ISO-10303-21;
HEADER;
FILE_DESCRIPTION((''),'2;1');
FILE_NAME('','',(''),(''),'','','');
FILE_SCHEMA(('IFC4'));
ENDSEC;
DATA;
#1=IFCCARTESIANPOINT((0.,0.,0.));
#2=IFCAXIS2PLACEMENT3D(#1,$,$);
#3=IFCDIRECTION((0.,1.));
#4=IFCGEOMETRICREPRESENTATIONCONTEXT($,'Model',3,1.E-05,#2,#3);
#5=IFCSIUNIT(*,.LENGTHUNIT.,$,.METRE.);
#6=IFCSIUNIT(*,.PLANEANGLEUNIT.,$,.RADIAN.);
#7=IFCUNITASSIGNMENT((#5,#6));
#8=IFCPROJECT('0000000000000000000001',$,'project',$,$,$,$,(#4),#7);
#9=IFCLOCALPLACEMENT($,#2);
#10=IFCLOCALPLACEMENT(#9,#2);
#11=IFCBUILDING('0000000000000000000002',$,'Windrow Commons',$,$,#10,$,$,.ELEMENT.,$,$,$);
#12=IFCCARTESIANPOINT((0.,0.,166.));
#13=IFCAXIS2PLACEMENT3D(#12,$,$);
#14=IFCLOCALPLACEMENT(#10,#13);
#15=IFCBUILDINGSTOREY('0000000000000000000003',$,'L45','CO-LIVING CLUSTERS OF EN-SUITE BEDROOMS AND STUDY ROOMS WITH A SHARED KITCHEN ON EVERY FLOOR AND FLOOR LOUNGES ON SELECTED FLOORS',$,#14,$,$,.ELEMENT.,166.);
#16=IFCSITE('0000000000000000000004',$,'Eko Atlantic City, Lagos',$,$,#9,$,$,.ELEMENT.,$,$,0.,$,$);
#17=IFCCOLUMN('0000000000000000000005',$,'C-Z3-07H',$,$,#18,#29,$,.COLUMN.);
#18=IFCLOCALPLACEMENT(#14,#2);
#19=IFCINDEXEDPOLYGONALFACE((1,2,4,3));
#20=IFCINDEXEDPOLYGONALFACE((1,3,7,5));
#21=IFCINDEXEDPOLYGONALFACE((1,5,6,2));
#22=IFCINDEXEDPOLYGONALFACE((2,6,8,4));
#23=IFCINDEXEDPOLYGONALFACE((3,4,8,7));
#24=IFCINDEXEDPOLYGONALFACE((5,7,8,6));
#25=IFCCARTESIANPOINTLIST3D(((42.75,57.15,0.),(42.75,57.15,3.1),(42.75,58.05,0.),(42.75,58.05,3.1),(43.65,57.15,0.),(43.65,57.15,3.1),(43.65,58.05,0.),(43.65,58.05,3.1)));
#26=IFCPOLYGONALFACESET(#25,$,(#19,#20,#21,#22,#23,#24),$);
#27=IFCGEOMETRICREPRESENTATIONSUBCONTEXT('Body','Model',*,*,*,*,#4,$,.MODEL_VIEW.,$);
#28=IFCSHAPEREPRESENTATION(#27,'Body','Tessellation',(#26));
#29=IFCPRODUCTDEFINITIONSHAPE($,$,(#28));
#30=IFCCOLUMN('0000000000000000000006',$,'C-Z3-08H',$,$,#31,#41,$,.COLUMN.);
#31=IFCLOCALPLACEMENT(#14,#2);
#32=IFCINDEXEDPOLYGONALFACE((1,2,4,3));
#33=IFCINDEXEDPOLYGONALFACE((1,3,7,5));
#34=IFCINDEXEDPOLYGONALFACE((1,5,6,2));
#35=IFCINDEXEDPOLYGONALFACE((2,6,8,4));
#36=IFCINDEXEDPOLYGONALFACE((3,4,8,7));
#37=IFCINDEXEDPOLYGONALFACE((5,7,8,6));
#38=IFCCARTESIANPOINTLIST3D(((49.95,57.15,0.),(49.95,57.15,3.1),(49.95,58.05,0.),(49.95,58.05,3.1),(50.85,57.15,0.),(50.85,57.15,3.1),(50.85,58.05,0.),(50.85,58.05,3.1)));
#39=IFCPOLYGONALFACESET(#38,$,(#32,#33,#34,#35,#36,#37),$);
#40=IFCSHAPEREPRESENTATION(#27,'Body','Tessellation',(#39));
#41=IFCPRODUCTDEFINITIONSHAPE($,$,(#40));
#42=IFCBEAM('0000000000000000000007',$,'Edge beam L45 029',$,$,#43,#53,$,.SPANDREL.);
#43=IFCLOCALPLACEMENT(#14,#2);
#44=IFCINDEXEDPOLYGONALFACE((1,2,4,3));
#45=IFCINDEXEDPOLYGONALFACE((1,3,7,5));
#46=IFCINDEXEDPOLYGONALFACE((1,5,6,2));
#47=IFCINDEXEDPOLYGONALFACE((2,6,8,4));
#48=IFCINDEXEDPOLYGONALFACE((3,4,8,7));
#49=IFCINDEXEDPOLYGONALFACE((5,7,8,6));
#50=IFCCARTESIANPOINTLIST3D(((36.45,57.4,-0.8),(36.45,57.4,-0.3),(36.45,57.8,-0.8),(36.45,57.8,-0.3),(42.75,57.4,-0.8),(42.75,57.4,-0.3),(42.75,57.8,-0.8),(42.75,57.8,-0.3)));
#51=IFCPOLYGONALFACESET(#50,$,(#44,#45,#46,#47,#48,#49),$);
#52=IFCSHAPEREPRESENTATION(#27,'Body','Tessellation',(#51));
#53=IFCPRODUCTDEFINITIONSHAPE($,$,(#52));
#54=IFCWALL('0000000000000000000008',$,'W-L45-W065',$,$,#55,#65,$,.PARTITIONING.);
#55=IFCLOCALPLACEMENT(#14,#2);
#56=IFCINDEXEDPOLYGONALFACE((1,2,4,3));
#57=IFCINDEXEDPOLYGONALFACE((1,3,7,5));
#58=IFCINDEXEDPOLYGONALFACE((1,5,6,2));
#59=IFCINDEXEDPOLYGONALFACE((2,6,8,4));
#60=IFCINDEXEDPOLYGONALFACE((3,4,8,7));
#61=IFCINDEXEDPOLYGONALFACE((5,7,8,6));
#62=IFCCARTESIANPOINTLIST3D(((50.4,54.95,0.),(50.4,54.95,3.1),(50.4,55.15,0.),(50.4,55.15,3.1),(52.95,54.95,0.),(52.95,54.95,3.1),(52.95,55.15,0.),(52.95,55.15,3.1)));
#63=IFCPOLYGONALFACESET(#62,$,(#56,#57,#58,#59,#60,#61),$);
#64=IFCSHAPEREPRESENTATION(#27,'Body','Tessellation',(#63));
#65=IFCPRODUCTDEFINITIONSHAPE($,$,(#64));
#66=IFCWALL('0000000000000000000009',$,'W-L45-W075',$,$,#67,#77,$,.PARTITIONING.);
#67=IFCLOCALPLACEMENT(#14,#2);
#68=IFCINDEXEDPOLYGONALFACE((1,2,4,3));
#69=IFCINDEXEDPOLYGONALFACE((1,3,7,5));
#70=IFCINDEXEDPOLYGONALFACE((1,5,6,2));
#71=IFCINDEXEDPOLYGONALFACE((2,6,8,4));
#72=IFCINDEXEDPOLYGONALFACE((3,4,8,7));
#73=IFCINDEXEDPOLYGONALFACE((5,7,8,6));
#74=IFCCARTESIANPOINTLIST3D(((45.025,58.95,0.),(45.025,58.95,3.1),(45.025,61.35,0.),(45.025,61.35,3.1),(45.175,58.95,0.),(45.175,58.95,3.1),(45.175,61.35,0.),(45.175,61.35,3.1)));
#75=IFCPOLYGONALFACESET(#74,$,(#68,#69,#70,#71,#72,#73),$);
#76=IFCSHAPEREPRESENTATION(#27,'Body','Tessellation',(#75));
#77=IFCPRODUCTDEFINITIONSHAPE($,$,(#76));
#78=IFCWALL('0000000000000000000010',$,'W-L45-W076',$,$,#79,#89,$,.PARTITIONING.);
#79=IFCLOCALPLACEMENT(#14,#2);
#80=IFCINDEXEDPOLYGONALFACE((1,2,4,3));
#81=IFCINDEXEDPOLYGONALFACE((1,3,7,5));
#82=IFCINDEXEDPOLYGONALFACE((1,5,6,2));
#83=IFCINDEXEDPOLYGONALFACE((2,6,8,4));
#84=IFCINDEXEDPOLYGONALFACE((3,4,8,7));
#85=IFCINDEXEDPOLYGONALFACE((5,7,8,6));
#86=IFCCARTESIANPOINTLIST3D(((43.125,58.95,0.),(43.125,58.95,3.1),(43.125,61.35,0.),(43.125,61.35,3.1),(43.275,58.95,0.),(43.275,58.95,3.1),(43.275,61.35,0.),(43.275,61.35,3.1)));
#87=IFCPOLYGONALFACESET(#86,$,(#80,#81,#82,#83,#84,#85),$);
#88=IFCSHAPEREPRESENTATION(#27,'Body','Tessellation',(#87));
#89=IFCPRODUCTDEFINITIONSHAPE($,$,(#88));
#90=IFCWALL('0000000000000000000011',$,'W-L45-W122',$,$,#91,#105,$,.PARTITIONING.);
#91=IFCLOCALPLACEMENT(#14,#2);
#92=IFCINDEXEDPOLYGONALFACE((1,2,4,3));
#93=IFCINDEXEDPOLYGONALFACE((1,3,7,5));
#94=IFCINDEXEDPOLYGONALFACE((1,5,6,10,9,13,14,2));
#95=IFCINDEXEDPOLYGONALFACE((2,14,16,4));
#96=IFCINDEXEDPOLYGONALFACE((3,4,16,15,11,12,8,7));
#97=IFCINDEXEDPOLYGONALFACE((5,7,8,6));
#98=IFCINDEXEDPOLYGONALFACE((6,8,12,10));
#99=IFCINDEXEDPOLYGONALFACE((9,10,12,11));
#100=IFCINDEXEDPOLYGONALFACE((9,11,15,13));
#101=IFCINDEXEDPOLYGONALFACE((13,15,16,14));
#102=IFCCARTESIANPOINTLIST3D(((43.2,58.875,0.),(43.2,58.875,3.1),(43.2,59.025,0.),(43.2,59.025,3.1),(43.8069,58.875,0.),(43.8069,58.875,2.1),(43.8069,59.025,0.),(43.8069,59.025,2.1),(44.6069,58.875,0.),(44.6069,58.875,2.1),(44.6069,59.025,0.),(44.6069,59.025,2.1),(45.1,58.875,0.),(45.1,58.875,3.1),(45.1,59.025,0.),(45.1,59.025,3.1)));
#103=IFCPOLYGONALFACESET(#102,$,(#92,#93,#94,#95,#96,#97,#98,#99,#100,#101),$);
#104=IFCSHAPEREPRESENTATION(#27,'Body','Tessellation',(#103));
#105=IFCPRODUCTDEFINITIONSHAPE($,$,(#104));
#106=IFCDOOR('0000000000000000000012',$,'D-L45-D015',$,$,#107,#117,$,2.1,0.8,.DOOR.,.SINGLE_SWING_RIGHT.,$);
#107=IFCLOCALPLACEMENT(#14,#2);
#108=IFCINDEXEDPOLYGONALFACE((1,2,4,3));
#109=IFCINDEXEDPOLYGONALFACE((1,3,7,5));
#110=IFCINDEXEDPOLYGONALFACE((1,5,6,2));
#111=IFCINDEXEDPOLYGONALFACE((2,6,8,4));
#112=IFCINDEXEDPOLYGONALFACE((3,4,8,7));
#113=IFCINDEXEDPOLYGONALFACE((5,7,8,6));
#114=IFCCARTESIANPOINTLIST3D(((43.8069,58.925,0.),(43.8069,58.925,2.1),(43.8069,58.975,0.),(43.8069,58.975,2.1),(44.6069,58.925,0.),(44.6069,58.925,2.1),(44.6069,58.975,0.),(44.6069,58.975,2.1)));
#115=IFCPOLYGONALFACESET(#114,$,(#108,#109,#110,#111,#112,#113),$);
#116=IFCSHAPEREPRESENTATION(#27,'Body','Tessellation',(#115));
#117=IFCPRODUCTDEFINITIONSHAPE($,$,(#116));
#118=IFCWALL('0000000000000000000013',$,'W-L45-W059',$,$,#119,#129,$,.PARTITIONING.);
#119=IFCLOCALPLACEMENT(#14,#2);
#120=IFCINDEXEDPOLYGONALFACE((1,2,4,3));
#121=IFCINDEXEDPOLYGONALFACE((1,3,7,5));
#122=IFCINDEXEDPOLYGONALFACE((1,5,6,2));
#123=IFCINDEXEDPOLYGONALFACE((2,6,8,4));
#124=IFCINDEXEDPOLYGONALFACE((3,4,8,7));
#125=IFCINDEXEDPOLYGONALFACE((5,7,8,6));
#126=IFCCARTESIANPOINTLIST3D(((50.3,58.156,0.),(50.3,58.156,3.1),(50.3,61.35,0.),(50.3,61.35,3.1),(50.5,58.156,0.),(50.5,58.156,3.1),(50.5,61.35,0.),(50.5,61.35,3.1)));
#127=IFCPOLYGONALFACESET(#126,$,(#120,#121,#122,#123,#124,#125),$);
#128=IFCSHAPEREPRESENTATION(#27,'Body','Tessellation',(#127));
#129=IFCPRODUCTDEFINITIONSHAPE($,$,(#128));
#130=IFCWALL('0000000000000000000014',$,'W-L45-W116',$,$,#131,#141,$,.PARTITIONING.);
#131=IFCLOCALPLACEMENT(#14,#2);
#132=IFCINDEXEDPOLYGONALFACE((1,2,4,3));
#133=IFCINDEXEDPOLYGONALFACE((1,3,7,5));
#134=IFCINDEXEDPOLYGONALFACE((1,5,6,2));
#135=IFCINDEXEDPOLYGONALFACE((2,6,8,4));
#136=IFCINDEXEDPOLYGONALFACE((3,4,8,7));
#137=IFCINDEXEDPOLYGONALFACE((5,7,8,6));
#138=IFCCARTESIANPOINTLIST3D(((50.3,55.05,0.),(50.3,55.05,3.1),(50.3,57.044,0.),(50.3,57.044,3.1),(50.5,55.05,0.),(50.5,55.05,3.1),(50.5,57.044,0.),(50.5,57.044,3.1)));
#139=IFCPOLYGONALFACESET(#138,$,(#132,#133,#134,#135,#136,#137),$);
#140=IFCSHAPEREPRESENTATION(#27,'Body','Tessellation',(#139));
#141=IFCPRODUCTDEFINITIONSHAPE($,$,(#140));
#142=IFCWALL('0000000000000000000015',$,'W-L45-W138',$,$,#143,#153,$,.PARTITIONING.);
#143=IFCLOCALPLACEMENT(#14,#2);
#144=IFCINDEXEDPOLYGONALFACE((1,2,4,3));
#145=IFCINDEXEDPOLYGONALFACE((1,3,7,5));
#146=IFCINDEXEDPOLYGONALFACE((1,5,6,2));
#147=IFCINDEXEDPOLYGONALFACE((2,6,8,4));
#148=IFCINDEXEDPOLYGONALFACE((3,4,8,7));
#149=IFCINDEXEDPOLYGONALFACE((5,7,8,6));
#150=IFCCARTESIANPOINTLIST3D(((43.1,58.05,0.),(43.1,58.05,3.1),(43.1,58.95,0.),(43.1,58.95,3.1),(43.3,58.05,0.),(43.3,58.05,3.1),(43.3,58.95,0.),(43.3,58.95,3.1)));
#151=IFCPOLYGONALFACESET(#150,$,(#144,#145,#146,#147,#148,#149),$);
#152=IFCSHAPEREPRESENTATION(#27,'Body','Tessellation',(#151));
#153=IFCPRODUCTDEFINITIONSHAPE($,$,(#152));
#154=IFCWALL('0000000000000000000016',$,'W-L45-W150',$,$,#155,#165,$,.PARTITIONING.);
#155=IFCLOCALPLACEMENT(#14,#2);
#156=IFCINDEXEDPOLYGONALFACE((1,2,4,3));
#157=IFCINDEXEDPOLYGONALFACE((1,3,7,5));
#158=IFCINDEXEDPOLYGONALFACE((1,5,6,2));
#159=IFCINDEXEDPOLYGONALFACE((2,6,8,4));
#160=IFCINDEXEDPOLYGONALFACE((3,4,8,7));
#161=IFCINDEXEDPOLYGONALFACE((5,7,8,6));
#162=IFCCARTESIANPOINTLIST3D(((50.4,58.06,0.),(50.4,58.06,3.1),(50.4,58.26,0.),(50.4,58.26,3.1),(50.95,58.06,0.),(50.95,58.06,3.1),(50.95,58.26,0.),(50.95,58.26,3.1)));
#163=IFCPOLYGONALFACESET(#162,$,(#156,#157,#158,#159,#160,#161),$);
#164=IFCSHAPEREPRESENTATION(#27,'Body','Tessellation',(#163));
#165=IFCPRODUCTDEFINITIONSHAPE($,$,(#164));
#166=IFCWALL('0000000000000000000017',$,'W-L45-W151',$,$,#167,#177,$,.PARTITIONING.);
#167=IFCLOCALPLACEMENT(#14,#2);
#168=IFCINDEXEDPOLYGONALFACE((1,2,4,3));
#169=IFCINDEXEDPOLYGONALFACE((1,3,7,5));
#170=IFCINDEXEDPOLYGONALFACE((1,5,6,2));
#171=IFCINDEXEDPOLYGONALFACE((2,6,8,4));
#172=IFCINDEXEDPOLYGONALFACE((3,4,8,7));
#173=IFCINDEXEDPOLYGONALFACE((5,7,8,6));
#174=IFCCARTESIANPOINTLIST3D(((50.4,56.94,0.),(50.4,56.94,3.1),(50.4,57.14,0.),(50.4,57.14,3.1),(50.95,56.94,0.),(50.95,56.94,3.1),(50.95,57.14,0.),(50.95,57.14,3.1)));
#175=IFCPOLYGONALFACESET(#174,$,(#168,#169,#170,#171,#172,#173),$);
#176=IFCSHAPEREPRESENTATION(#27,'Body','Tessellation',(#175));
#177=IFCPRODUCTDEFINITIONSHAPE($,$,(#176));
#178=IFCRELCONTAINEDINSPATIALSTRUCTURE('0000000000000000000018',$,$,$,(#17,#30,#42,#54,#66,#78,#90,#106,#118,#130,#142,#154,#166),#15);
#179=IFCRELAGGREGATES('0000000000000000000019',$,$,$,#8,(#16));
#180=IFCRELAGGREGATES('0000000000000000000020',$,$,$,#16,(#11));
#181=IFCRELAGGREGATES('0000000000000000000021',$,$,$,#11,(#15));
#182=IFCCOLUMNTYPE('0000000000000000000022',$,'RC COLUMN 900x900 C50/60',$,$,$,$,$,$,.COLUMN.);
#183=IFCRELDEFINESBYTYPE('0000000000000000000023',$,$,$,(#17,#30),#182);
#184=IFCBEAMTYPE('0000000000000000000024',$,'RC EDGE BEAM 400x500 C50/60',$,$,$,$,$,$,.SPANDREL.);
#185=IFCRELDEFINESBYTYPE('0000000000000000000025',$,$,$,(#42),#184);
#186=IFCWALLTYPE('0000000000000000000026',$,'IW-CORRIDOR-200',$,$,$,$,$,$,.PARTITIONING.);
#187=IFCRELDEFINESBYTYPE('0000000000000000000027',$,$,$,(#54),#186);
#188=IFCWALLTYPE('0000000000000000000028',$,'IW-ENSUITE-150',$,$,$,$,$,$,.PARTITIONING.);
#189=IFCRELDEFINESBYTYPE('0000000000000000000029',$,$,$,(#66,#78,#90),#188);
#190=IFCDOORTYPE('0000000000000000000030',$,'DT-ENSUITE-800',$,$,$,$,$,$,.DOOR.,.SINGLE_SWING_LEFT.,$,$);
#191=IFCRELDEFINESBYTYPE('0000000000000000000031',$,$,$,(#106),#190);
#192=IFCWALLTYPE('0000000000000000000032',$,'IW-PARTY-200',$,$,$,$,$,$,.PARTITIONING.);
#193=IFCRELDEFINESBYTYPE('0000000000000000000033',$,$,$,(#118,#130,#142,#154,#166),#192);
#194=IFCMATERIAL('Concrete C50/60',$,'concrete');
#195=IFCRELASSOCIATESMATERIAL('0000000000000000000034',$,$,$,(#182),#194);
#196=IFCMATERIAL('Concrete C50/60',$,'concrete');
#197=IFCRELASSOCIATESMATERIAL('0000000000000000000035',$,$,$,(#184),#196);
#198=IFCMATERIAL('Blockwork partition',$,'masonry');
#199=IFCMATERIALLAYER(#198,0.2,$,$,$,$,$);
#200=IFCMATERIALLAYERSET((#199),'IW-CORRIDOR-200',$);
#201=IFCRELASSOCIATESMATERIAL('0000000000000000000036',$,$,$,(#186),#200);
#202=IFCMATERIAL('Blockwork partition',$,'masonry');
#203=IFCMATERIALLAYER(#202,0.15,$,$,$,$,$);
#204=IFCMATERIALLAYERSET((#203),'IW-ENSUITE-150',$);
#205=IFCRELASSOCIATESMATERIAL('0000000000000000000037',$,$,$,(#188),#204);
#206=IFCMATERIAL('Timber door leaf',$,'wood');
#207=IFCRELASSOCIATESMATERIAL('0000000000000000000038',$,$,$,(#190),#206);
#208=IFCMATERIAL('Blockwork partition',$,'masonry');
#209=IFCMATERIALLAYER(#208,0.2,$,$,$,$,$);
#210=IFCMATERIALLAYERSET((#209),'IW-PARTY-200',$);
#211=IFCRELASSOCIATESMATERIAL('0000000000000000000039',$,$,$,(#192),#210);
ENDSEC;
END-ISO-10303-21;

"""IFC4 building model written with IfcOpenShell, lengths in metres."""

from ifc_helpers import new_model, si_unit, direction, frame, frame_2d, origin, origin_2d, place, context, subcontext, project, spatial, rectangle, extrude, material, layer, layer_set, material_profile, profile_set, type_object, element, fill, save


model = new_model("IFC4")

# Units and contexts
model_context = context("Model", 3, precision=1e-05, world=origin(), true_north=direction((0.0, 1.0)))
body_context = subcontext(model_context, "Body", "Model", "MODEL_VIEW")
ifc_project = project(units=[si_unit("LENGTHUNIT", "METRE"), si_unit("PLANEANGLEUNIT", "RADIAN")], contexts=[model_context])

# Site, building, storey
site_placement = place(None, origin())
site = spatial("IfcSite", under=ifc_project, at=site_placement, Name="Eko Atlantic City, Lagos", CompositionType="ELEMENT", RefElevation=0.0)
building_placement = place(site_placement, origin())
building = spatial("IfcBuilding", under=site, at=building_placement, Name="Windrow Commons", CompositionType="ELEMENT")
storey_placement = place(building_placement, frame((0.0, 0.0, 166.0)))
storey = spatial("IfcBuildingStorey", under=building, at=storey_placement, Name="L45", Description="CO-LIVING CLUSTERS OF EN-SUITE BEDROOMS AND STUDY ROOMS WITH A SHARED KITCHEN ON EVERY FLOOR AND FLOOR LOUNGES ON SELECTED FLOORS", CompositionType="ELEMENT", Elevation=166.0)

# Columns
ifc_material_1 = material(Name="Concrete C50/60", Category="concrete")
ifc_material_profile_1 = material_profile(ifc_material_1, rectangle(XDim=0.9, YDim=0.9, at=origin_2d()))
ifc_profile_set_1 = profile_set([ifc_material_profile_1], Name="Concrete C50/60")
column_type = type_object("IfcColumnType", Name="RC COLUMN 900x900 C50/60", PredefinedType="COLUMN", material=ifc_profile_set_1)
for number, where, z_axis, x_axis, name in (
    (1, (43.2, 57.6, 0.0), (0.0, 0.0, 1.0), (1.0, 0.0, 0.0), "C-Z3-07H"),
    (2, (50.4, 57.6, 0.0), (0.0, 0.0, 1.0), (1.0, 0.0, 0.0), "C-Z3-08H"),
):
    element("IfcColumn", number, at=place(storey_placement, frame(where, z_axis=z_axis, x_axis=x_axis)), inside=storey, type_object=column_type, Name=name, PredefinedType="COLUMN", context=body_context, shape_type="SweptSolid", body=[
        extrude(rectangle(XDim=0.9, YDim=0.9, at=origin_2d()), origin(), (0.0, 0.0, 1.0), 3.1),
    ])

# Beam
ifc_material_2 = material(Name="Concrete C50/60", Category="concrete")
ifc_material_profile_2 = material_profile(ifc_material_2, rectangle(XDim=0.4, YDim=0.5, at=origin_2d()))
ifc_profile_set_2 = profile_set([ifc_material_profile_2], Name="Concrete C50/60")
beam_type = type_object("IfcBeamType", Name="RC EDGE BEAM 400x500 C50/60", PredefinedType="SPANDREL", material=ifc_profile_set_2)
beam_placement = place(storey_placement, frame((42.75, 57.6, -0.55), z_axis=(-1.0, 0.0, 0.0), x_axis=(0.0, -1.0, 0.0)))
element("IfcBeam", 3, at=beam_placement, inside=storey, type_object=beam_type, Name="Edge beam L45 029", PredefinedType="SPANDREL", context=body_context, shape_type="SweptSolid", body=[
    extrude(rectangle(XDim=0.4, YDim=0.5, at=origin_2d()), origin(), (0.0, 0.0, 1.0), 6.3),
])

# Walls
ifc_material_3 = material(Name="Blockwork partition", Category="masonry")
ifc_layer_1 = layer(ifc_material_3, 0.2)
ifc_layer_set_1 = layer_set([ifc_layer_1], Name="IW-CORRIDOR-200")
wall_type_1 = type_object("IfcWallType", Name="IW-CORRIDOR-200", PredefinedType="PARTITIONING", material=ifc_layer_set_1)
wall_1_placement = place(storey_placement, frame((50.4, 55.05, 0.0), z_axis=(0.0, 0.0, 1.0), x_axis=(1.0, 0.0, 0.0)))
element("IfcWall", 4, at=wall_1_placement, inside=storey, type_object=wall_type_1, Name="W-L45-W065", PredefinedType="PARTITIONING", context=body_context, shape_type="SweptSolid", body=[
    extrude(rectangle(XDim=2.55, YDim=0.2, at=frame_2d((1.275, 0.0))), origin(), (0.0, 0.0, 1.0), 3.1),
])
ifc_material_4 = material(Name="Blockwork partition", Category="masonry")
ifc_layer_2 = layer(ifc_material_4, 0.15)
ifc_layer_set_2 = layer_set([ifc_layer_2], Name="IW-ENSUITE-150")
wall_type_2 = type_object("IfcWallType", Name="IW-ENSUITE-150", PredefinedType="PARTITIONING", material=ifc_layer_set_2)
for number, where, z_axis, x_axis, name in (
    (5, (45.1, 58.95, 0.0), (0.0, 0.0, 1.0), (0.0, 1.0, 0.0), "W-L45-W075"),
    (6, (43.2, 58.95, 0.0), (0.0, 0.0, 1.0), (0.0, 1.0, 0.0), "W-L45-W076"),
):
    element("IfcWall", number, at=place(storey_placement, frame(where, z_axis=z_axis, x_axis=x_axis)), inside=storey, type_object=wall_type_2, Name=name, PredefinedType="PARTITIONING", context=body_context, shape_type="SweptSolid", body=[
        extrude(rectangle(XDim=2.4, YDim=0.15, at=frame_2d((1.2, 0.0))), origin(), (0.0, 0.0, 1.0), 3.1),
    ])

# Wall, opening, door
wall_2_placement = place(storey_placement, frame((43.2, 58.95, 0.0), z_axis=(0.0, 0.0, 1.0), x_axis=(1.0, 0.0, 0.0)))
wall_2 = element("IfcWall", 7, at=wall_2_placement, inside=storey, type_object=wall_type_2, Name="W-L45-W122", PredefinedType="PARTITIONING", context=body_context, shape_type="SweptSolid", body=[
    extrude(rectangle(XDim=1.9, YDim=0.15, at=frame_2d((0.95, 0.0))), origin(), (0.0, 0.0, 1.0), 3.1),
])
opening_placement = place(wall_2_placement, frame((0.6069, 0.0, 0.0)))
opening = element("IfcOpeningElement", 8, at=opening_placement, cuts=wall_2, PredefinedType="OPENING", context=body_context, shape_type="SweptSolid", body=[
    extrude(rectangle(XDim=0.8, YDim=2.1, at=frame_2d((0.4, 1.05))), frame((0.0, 0.085, 0.0), z_axis=(0.0, -1.0, 0.0), x_axis=(1.0, 0.0, 0.0)), (0.0, 0.0, 1.0), 0.17),
])
ifc_material_5 = material(Name="Timber door leaf", Category="wood")
door_type = type_object("IfcDoorType", Name="DT-ENSUITE-800", OperationType="SINGLE_SWING_LEFT", PredefinedType="DOOR", material=ifc_material_5)
door_placement = place(opening_placement, origin())
door = element("IfcDoor", 9, at=door_placement, inside=storey, type_object=door_type, Name="D-L45-D015", OperationType="SINGLE_SWING_RIGHT", OverallHeight=2.1, OverallWidth=0.8, PredefinedType="DOOR", context=body_context, shape_type="SweptSolid", body=[
    extrude(rectangle(XDim=0.8, YDim=2.1, at=frame_2d((0.4, 1.05))), frame((0.0, 0.025, 0.0), z_axis=(0.0, -1.0, 0.0), x_axis=(1.0, 0.0, 0.0)), (0.0, 0.0, 1.0), 0.05),
])
fill(opening, door)

# Walls
ifc_material_6 = material(Name="Blockwork partition", Category="masonry")
ifc_layer_3 = layer(ifc_material_6, 0.2)
ifc_layer_set_3 = layer_set([ifc_layer_3], Name="IW-PARTY-200")
wall_type_3 = type_object("IfcWallType", Name="IW-PARTY-200", PredefinedType="PARTITIONING", material=ifc_layer_set_3)
wall_3_placement = place(storey_placement, frame((50.4, 58.156, 0.0), z_axis=(0.0, 0.0, 1.0), x_axis=(0.0, 1.0, 0.0)))
element("IfcWall", 10, at=wall_3_placement, inside=storey, type_object=wall_type_3, Name="W-L45-W059", PredefinedType="PARTITIONING", context=body_context, shape_type="SweptSolid", body=[
    extrude(rectangle(XDim=3.194, YDim=0.2, at=frame_2d((1.597, 0.0))), origin(), (0.0, 0.0, 1.0), 3.1),
])
wall_4_placement = place(storey_placement, frame((50.4, 55.05, 0.0), z_axis=(0.0, 0.0, 1.0), x_axis=(0.0, 1.0, 0.0)))
element("IfcWall", 11, at=wall_4_placement, inside=storey, type_object=wall_type_3, Name="W-L45-W116", PredefinedType="PARTITIONING", context=body_context, shape_type="SweptSolid", body=[
    extrude(rectangle(XDim=1.994, YDim=0.2, at=frame_2d((0.997, 0.0))), origin(), (0.0, 0.0, 1.0), 3.1),
])
wall_5_placement = place(storey_placement, frame((43.2, 58.05, 0.0), z_axis=(0.0, 0.0, 1.0), x_axis=(0.0, 1.0, 0.0)))
element("IfcWall", 12, at=wall_5_placement, inside=storey, type_object=wall_type_3, Name="W-L45-W138", PredefinedType="PARTITIONING", context=body_context, shape_type="SweptSolid", body=[
    extrude(rectangle(XDim=0.9, YDim=0.2, at=frame_2d((0.45, 0.0))), origin(), (0.0, 0.0, 1.0), 3.1),
])
for number, where, z_axis, x_axis, name in (
    (13, (50.4, 58.16, 0.0), (0.0, 0.0, 1.0), (1.0, 0.0, 0.0), "W-L45-W150"),
    (14, (50.4, 57.04, 0.0), (0.0, 0.0, 1.0), (1.0, 0.0, 0.0), "W-L45-W151"),
):
    element("IfcWall", number, at=place(storey_placement, frame(where, z_axis=z_axis, x_axis=x_axis)), inside=storey, type_object=wall_type_3, Name=name, PredefinedType="PARTITIONING", context=body_context, shape_type="SweptSolid", body=[
        extrude(rectangle(XDim=0.55, YDim=0.2, at=frame_2d((0.275, 0.0))), origin(), (0.0, 0.0, 1.0), 3.1),
    ])

save(model, "model.ifc")
